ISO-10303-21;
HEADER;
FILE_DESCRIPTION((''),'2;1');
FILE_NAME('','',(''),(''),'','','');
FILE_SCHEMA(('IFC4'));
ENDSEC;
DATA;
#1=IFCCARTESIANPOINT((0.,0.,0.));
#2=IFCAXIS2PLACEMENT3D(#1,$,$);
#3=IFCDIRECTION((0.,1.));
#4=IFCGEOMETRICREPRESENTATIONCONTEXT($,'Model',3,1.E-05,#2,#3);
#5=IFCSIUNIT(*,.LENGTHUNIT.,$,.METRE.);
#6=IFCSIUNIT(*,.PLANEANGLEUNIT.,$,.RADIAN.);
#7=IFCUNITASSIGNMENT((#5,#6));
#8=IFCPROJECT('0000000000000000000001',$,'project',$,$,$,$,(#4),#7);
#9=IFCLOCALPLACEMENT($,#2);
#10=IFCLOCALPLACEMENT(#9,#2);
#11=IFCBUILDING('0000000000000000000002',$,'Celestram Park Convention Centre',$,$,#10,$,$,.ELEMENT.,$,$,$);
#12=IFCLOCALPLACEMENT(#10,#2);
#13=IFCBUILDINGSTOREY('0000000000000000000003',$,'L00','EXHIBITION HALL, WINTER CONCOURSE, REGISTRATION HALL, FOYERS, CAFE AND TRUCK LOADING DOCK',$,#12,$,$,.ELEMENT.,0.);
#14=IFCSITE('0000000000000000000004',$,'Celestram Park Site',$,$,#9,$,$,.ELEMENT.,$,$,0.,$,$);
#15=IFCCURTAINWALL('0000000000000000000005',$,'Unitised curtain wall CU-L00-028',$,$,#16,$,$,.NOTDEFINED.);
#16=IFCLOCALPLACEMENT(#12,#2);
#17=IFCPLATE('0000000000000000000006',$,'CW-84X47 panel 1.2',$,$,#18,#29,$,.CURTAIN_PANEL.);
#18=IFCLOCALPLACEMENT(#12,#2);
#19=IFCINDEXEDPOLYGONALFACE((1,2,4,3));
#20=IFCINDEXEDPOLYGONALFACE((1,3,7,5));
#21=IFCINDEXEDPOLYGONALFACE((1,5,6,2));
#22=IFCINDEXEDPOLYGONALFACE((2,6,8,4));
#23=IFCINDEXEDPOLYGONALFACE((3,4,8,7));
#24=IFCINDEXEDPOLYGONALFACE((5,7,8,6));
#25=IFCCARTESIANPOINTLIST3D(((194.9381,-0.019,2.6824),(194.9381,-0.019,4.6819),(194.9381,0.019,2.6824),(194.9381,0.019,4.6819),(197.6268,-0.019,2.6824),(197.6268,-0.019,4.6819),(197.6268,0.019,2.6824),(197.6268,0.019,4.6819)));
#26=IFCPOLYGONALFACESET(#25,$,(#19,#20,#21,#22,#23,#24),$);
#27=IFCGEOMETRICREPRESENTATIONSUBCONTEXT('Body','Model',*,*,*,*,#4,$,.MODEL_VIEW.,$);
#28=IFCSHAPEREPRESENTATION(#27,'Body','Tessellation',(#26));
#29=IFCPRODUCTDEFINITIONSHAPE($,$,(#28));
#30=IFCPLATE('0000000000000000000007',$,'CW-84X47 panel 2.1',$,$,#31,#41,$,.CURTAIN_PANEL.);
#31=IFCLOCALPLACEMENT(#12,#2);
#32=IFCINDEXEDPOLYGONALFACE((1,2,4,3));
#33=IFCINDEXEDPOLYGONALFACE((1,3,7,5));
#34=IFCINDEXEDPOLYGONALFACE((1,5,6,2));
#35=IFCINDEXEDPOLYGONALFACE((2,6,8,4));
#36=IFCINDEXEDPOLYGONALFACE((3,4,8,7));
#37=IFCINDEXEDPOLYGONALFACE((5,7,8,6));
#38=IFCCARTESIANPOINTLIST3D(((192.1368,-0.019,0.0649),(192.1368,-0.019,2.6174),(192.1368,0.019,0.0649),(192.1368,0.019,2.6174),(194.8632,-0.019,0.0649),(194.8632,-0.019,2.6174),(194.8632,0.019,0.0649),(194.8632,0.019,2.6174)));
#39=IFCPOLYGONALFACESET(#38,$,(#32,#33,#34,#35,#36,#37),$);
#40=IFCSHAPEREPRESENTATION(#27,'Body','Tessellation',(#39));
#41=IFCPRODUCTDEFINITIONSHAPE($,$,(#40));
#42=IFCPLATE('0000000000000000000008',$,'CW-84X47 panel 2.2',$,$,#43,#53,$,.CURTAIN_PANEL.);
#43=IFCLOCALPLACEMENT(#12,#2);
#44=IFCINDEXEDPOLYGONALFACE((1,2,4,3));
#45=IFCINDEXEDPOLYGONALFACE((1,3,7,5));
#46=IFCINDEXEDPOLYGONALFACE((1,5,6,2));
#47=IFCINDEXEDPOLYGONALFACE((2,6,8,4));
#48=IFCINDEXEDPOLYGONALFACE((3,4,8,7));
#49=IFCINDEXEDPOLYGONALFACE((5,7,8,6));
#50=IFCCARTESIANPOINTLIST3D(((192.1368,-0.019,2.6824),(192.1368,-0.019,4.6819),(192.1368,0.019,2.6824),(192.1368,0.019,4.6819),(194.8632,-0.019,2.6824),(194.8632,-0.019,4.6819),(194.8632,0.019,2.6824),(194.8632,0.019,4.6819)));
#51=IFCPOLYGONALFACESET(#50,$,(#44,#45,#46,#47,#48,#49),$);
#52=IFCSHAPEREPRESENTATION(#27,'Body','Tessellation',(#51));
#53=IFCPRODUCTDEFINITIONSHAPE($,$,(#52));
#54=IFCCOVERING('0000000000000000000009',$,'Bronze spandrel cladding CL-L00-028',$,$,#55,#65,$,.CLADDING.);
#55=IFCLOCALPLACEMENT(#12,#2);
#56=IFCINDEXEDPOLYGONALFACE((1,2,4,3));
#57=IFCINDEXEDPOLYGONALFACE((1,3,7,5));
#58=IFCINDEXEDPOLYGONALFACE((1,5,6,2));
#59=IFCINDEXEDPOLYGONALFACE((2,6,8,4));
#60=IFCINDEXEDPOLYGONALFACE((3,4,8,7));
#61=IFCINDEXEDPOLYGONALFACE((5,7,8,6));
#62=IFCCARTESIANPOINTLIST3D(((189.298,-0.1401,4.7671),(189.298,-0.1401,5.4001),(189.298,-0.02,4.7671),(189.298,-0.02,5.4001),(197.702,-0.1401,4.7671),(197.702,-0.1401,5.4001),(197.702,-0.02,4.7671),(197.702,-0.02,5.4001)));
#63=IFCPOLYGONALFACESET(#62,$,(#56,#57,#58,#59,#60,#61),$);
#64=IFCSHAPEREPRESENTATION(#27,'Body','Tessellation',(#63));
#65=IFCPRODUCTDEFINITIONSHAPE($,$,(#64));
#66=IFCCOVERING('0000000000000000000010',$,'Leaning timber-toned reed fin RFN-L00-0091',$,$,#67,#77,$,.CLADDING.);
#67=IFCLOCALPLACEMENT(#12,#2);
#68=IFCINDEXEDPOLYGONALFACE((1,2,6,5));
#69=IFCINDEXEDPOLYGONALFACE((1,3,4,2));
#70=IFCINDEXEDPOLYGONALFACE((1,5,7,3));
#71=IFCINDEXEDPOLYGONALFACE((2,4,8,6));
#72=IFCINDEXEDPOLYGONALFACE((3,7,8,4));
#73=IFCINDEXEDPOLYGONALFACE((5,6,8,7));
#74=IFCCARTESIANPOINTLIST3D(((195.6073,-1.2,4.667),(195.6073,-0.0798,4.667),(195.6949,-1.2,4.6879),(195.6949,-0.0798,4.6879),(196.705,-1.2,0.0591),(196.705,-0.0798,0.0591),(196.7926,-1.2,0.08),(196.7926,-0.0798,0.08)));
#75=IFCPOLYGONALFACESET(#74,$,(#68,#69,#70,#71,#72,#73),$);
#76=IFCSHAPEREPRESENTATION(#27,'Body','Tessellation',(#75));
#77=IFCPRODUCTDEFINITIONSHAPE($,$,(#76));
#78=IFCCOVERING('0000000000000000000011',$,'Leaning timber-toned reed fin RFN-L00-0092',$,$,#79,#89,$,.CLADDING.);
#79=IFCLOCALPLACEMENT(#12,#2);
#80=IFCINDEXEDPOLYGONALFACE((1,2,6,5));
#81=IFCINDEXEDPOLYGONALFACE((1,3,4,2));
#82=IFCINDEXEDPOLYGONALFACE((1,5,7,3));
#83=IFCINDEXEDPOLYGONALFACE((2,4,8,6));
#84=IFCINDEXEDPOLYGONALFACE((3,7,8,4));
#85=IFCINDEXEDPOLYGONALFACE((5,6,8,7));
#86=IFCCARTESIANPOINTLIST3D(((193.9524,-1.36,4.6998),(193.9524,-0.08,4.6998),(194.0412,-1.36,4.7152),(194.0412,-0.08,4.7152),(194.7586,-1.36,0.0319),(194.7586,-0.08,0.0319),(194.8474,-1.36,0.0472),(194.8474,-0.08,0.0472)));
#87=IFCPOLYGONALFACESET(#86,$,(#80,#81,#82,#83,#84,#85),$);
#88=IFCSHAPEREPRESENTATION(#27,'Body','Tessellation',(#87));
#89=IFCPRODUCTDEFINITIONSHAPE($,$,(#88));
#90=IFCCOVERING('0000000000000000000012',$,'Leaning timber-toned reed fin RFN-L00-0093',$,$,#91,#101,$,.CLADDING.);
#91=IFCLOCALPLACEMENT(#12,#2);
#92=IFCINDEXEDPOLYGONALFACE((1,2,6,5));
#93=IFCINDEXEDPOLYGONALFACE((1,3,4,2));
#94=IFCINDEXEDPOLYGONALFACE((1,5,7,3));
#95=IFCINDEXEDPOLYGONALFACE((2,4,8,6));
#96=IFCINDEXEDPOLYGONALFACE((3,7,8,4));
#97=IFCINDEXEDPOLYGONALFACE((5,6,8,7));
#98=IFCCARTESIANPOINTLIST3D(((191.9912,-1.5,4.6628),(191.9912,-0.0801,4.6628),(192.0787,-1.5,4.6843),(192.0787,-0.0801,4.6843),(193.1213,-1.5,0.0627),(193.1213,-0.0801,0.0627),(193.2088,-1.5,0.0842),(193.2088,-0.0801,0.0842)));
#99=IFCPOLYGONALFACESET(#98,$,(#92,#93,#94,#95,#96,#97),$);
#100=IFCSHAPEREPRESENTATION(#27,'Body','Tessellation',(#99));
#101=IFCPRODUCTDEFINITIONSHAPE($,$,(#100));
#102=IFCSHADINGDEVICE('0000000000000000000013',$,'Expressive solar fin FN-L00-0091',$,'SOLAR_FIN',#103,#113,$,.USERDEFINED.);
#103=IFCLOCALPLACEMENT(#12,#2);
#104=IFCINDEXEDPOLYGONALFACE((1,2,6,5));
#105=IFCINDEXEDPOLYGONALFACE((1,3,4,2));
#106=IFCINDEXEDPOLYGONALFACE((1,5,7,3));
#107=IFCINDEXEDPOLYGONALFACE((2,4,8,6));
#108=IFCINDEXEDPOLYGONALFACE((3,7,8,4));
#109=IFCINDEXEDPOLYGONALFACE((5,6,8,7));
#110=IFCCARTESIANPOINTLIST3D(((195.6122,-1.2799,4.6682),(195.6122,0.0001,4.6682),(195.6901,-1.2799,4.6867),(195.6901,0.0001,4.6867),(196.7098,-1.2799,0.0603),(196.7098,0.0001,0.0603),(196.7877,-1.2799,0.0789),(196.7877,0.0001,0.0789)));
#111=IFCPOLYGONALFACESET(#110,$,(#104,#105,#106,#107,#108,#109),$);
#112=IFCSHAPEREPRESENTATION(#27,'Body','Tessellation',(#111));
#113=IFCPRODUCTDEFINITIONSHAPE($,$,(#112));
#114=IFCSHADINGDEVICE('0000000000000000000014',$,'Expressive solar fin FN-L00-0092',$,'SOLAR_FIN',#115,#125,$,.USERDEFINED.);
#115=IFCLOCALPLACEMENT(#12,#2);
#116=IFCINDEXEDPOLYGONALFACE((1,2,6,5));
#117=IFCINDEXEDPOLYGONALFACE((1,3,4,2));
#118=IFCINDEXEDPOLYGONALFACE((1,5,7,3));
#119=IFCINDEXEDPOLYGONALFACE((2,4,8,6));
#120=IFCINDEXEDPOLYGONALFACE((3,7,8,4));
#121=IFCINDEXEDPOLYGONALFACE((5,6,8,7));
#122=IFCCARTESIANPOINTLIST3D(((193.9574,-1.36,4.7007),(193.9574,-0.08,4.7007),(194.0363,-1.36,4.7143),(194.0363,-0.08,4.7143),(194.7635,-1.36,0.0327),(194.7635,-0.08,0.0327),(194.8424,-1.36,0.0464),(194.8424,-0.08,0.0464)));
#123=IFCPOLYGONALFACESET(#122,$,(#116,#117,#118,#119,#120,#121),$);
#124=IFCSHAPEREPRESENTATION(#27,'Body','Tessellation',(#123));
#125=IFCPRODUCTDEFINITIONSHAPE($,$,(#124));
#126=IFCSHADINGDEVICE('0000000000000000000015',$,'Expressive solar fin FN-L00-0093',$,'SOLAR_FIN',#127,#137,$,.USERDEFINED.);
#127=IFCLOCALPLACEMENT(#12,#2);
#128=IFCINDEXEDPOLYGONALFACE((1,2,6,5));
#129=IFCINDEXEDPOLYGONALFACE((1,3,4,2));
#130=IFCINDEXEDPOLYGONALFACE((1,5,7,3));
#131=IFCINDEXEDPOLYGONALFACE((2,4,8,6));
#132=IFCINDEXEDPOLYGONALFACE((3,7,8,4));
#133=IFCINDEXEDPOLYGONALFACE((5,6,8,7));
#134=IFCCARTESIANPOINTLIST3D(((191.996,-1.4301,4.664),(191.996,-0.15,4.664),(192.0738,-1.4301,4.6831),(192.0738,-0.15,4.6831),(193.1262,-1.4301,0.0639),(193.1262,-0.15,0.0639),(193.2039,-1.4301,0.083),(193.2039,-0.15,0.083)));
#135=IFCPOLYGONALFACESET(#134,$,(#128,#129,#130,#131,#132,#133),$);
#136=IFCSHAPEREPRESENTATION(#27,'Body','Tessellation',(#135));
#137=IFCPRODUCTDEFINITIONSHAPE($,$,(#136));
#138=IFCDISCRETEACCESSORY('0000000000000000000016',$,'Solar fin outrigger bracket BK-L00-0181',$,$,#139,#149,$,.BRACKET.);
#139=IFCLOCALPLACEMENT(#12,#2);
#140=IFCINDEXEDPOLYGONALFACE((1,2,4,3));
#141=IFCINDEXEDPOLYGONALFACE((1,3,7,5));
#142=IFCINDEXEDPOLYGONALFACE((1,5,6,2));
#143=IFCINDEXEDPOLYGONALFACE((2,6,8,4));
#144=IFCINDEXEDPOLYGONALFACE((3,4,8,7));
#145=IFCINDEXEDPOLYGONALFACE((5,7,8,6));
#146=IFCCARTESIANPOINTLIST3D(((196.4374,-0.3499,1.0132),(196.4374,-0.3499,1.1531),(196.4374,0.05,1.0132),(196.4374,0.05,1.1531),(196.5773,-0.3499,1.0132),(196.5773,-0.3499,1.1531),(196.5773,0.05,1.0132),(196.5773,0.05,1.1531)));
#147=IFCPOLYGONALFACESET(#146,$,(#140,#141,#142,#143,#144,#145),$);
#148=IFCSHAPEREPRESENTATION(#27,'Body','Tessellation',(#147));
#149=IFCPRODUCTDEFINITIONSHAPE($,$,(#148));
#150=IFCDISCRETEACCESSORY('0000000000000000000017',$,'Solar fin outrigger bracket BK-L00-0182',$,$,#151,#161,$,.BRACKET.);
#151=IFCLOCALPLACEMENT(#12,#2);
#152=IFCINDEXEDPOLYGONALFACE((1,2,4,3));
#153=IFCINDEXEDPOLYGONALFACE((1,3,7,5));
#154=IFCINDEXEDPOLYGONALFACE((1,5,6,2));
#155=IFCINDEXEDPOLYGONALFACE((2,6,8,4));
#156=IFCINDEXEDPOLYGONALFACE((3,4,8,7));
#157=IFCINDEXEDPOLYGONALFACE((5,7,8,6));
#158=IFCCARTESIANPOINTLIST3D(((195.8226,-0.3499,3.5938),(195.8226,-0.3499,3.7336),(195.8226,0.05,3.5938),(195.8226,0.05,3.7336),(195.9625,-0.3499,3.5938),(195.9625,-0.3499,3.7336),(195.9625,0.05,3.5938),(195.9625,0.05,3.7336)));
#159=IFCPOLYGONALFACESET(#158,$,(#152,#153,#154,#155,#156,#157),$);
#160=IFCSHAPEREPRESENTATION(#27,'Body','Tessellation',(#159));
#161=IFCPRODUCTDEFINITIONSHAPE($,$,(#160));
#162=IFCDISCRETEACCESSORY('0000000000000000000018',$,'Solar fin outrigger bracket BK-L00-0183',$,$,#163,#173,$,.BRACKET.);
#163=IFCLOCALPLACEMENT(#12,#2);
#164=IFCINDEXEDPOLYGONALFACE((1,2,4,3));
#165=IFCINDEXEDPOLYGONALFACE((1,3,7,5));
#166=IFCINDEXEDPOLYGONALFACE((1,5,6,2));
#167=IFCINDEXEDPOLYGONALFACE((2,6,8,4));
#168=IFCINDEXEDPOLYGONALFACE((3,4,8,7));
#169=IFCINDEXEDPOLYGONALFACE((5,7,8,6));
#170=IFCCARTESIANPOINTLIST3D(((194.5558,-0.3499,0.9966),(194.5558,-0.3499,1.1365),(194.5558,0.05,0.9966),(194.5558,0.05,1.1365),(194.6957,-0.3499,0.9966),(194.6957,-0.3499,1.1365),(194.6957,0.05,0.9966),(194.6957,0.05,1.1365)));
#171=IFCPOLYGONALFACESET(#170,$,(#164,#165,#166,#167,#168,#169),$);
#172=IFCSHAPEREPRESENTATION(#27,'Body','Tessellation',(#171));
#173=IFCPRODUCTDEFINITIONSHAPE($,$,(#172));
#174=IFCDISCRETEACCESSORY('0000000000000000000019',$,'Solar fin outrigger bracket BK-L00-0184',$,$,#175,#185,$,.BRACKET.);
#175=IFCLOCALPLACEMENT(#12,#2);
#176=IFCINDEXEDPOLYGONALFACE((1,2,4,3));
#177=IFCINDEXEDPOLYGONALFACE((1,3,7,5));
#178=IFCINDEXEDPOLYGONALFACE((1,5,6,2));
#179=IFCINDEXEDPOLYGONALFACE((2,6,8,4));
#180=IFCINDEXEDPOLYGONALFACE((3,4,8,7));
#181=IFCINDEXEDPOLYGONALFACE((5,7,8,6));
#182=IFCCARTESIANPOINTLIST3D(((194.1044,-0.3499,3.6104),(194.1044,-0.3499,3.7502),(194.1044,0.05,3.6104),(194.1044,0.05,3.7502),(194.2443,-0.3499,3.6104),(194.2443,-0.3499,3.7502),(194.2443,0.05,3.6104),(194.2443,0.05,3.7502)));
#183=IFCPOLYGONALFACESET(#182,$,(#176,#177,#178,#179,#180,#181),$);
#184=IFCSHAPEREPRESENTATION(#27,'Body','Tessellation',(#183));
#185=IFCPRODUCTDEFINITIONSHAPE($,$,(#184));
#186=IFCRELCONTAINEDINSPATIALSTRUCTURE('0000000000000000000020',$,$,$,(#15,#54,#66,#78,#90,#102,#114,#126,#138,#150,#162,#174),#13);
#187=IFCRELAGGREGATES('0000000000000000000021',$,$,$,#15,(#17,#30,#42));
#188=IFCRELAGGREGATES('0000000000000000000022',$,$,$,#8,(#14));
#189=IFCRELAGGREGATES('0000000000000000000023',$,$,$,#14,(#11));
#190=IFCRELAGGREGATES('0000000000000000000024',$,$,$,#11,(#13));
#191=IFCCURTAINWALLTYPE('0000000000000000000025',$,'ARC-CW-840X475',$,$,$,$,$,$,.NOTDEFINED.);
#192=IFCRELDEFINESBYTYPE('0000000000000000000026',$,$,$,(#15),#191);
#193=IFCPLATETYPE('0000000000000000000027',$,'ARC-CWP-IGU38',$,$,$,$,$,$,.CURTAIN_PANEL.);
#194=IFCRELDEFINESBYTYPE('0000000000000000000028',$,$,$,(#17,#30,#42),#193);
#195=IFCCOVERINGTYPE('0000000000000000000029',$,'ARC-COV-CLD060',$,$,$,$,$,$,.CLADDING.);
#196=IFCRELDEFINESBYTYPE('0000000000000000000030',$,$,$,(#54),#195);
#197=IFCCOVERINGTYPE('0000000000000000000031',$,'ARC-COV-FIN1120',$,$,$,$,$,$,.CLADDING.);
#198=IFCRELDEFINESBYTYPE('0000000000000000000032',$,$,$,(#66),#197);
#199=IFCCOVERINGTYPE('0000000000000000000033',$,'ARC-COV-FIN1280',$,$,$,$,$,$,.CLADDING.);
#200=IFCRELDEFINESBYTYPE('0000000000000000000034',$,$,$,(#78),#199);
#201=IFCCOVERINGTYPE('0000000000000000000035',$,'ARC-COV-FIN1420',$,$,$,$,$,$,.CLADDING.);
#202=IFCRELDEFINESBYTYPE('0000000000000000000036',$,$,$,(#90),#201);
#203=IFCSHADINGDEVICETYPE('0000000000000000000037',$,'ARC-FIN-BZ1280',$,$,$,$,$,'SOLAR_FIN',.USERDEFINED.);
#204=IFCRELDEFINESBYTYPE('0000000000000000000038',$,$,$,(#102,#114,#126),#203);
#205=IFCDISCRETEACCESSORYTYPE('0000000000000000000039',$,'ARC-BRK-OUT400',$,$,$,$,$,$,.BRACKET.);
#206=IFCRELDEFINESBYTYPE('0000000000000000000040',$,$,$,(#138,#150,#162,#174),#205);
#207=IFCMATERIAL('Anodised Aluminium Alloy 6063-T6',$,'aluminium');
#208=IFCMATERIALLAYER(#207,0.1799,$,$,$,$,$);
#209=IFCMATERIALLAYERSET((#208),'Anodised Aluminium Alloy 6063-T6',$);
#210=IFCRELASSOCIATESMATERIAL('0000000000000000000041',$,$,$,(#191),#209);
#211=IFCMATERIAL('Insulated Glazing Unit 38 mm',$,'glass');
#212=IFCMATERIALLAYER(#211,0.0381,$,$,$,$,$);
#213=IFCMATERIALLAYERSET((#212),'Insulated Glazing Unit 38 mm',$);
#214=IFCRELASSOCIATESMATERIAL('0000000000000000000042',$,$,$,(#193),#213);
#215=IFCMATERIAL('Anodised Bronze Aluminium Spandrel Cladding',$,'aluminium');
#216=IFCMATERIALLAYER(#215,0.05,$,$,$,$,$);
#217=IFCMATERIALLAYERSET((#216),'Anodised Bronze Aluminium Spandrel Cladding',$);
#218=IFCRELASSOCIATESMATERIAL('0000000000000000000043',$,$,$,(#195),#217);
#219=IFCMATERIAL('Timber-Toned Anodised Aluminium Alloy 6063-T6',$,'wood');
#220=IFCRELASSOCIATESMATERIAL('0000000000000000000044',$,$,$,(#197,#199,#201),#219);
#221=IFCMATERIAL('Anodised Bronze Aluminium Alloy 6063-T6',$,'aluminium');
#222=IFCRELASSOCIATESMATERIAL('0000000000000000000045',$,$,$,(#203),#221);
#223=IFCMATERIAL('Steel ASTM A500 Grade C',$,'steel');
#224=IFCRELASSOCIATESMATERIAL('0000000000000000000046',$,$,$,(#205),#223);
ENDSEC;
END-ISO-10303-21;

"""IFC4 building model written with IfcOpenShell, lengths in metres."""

from ifc_helpers import new_model, si_unit, direction, frame, origin, origin_2d, place, context, subcontext, project, spatial, rectangle, extrude, material, layer, layer_set, material_profile, profile_set, type_object, element, aggregate, save


model = new_model("IFC4")

# Units and contexts
model_context = context("Model", 3, precision=1e-05, world=origin(), true_north=direction((0.0, 1.0)))
body_context = subcontext(model_context, "Body", "Model", "MODEL_VIEW")
ifc_project = project(units=[si_unit("LENGTHUNIT", "METRE"), si_unit("PLANEANGLEUNIT", "RADIAN")], contexts=[model_context])

# Site, building, storey
site_placement = place(None, origin())
site = spatial("IfcSite", under=ifc_project, at=site_placement, Name="Celestram Park Site", CompositionType="ELEMENT", RefElevation=0.0)
building_placement = place(site_placement, origin())
building = spatial("IfcBuilding", under=site, at=building_placement, Name="Celestram Park Convention Centre", CompositionType="ELEMENT")
storey_placement = place(building_placement, origin())
storey = spatial("IfcBuildingStorey", under=building, at=storey_placement, Name="L00", Description="EXHIBITION HALL, WINTER CONCOURSE, REGISTRATION HALL, FOYERS, CAFE AND TRUCK LOADING DOCK", CompositionType="ELEMENT", Elevation=0.0)

# Curtain wall, plates
ifc_material_1 = material(Name="Anodised Aluminium Alloy 6063-T6", Category="aluminium")
ifc_layer_1 = layer(ifc_material_1, 0.1799)
ifc_layer_set_1 = layer_set([ifc_layer_1], Name="Anodised Aluminium Alloy 6063-T6")
curtain_wall_type = type_object("IfcCurtainWallType", Name="ARC-CW-840X475", PredefinedType="NOTDEFINED", material=ifc_layer_set_1)
curtain_wall_placement = place(storey_placement, origin())
curtain_wall = element("IfcCurtainWall", 1, at=curtain_wall_placement, inside=storey, type_object=curtain_wall_type, Name="Unitised curtain wall CU-L00-028", PredefinedType="NOTDEFINED")
ifc_material_2 = material(Name="Insulated Glazing Unit 38 mm", Category="glass")
ifc_layer_2 = layer(ifc_material_2, 0.0381)
ifc_layer_set_2 = layer_set([ifc_layer_2], Name="Insulated Glazing Unit 38 mm")
plate_type = type_object("IfcPlateType", Name="ARC-CWP-IGU38", PredefinedType="CURTAIN_PANEL", material=ifc_layer_set_2)
plate_1_placement = place(storey_placement, frame((196.2825, 0.0, 2.6824), z_axis=(0.0, 0.0, 1.0), x_axis=(-1.0, 0.0, 0.0)))
plate_1 = element("IfcPlate", 2, at=plate_1_placement, type_object=plate_type, Name="CW-84X47 panel 1.2", PredefinedType="CURTAIN_PANEL", context=body_context, shape_type="SweptSolid", body=[
    extrude(rectangle(XDim=2.6887, YDim=0.0381, at=origin_2d()), origin(), (0.0, 0.0, 1.0), 1.9995),
])
plate_2_placement = place(storey_placement, frame((193.5, 0.0, 0.0649), z_axis=(0.0, 0.0, 1.0), x_axis=(-1.0, 0.0, 0.0)))
plate_2 = element("IfcPlate", 3, at=plate_2_placement, type_object=plate_type, Name="CW-84X47 panel 2.1", PredefinedType="CURTAIN_PANEL", context=body_context, shape_type="SweptSolid", body=[
    extrude(rectangle(XDim=2.7263, YDim=0.0381, at=origin_2d()), origin(), (0.0, 0.0, 1.0), 2.5525),
])
plate_3_placement = place(storey_placement, frame((193.5, 0.0, 2.6824), z_axis=(0.0, 0.0, 1.0), x_axis=(-1.0, 0.0, 0.0)))
plate_3 = element("IfcPlate", 4, at=plate_3_placement, type_object=plate_type, Name="CW-84X47 panel 2.2", PredefinedType="CURTAIN_PANEL", context=body_context, shape_type="SweptSolid", body=[
    extrude(rectangle(XDim=2.7263, YDim=0.0381, at=origin_2d()), origin(), (0.0, 0.0, 1.0), 1.9995),
])
aggregate(curtain_wall, [plate_1, plate_2, plate_3])

# Coverings
ifc_material_3 = material(Name="Anodised Bronze Aluminium Spandrel Cladding", Category="aluminium")
ifc_layer_3 = layer(ifc_material_3, 0.05)
ifc_layer_set_3 = layer_set([ifc_layer_3], Name="Anodised Bronze Aluminium Spandrel Cladding")
covering_type_1 = type_object("IfcCoveringType", Name="ARC-COV-CLD060", PredefinedType="CLADDING", material=ifc_layer_set_3)
covering_1_placement = place(storey_placement, frame((193.5, -0.0801, 4.7671), z_axis=(0.0, 0.0, 1.0), x_axis=(-1.0, 0.0, 0.0)))
element("IfcCovering", 5, at=covering_1_placement, inside=storey, type_object=covering_type_1, Name="Bronze spandrel cladding CL-L00-028", PredefinedType="CLADDING", context=body_context, shape_type="SweptSolid", body=[
    extrude(rectangle(XDim=8.4041, YDim=0.1201, at=origin_2d()), origin(), (0.0, 0.0, 1.0), 0.6331),
])
ifc_material_4 = material(Name="Timber-Toned Anodised Aluminium Alloy 6063-T6", Category="wood")
ifc_material_profile_1 = material_profile(ifc_material_4, rectangle(XDim=1.1201, YDim=0.0901, at=origin_2d()), Name="REED1120X90")
ifc_profile_set_1 = profile_set([ifc_material_profile_1], Name="Timber-Toned Anodised Aluminium Alloy 6063-T6")
covering_type_2 = type_object("IfcCoveringType", Name="ARC-COV-FIN1120", PredefinedType="CLADDING", material=ifc_profile_set_1)
covering_2_placement = place(storey_placement, frame((196.7488, -0.6399, 0.0696), z_axis=(-0.231727, 0.0, 0.972781), x_axis=(0.0, -1.0, 0.0)))
element("IfcCovering", 6, at=covering_2_placement, inside=storey, type_object=covering_type_2, Name="Leaning timber-toned reed fin RFN-L00-0091", PredefinedType="CLADDING", context=body_context, shape_type="SweptSolid", body=[
    extrude(rectangle(XDim=1.1201, YDim=0.0901, at=origin_2d()), origin(), (0.0, 0.0, 1.0), 4.7368),
])
ifc_material_profile_2 = material_profile(ifc_material_4, rectangle(XDim=1.28, YDim=0.0901, at=origin_2d()), Name="REED1280X90")
ifc_profile_set_2 = profile_set([ifc_material_profile_2], Name="Timber-Toned Anodised Aluminium Alloy 6063-T6")
covering_type_3 = type_object("IfcCoveringType", Name="ARC-COV-FIN1280", PredefinedType="CLADDING", material=ifc_profile_set_2)
covering_3_placement = place(storey_placement, frame((194.803, -0.72, 0.0396), z_axis=(-0.17018, 0.0, 0.985413), x_axis=(0.0, -1.0, 0.0)))
element("IfcCovering", 7, at=covering_3_placement, inside=storey, type_object=covering_type_3, Name="Leaning timber-toned reed fin RFN-L00-0092", PredefinedType="CLADDING", context=body_context, shape_type="SweptSolid", body=[
    extrude(rectangle(XDim=1.28, YDim=0.0901, at=origin_2d()), origin(), (0.0, 0.0, 1.0), 4.7371),
])
ifc_material_profile_3 = material_profile(ifc_material_4, rectangle(XDim=1.4199, YDim=0.0901, at=origin_2d()), Name="REED1420X90")
ifc_profile_set_3 = profile_set([ifc_material_profile_3], Name="Timber-Toned Anodised Aluminium Alloy 6063-T6")
covering_type_4 = type_object("IfcCoveringType", Name="ARC-COV-FIN1420", PredefinedType="CLADDING", material=ifc_profile_set_3)
covering_4_placement = place(storey_placement, frame((193.165, -0.79, 0.0735), z_axis=(-0.23858, 0.0, 0.971123), x_axis=(0.0, -1.0, 0.0)))
element("IfcCovering", 8, at=covering_4_placement, inside=storey, type_object=covering_type_4, Name="Leaning timber-toned reed fin RFN-L00-0093", PredefinedType="CLADDING", context=body_context, shape_type="SweptSolid", body=[
    extrude(rectangle(XDim=1.4199, YDim=0.0901, at=origin_2d()), origin(), (0.0, 0.0, 1.0), 4.7368),
])

# Shading devices
ifc_material_5 = material(Name="Anodised Bronze Aluminium Alloy 6063-T6", Category="aluminium")
ifc_material_profile_4 = material_profile(ifc_material_5, rectangle(XDim=1.28, YDim=0.0801, at=origin_2d()), Name="FIN1280X80")
ifc_profile_set_4 = profile_set([ifc_material_profile_4], Name="Anodised Bronze Aluminium Alloy 6063-T6")
shading_device_type = type_object("IfcShadingDeviceType", Name="ARC-FIN-BZ1280", ElementType="SOLAR_FIN", PredefinedType="USERDEFINED", material=ifc_profile_set_4)
shading_device_1_placement = place(storey_placement, frame((196.7488, -0.6399, 0.0696), z_axis=(-0.231727, 0.0, 0.972781), x_axis=(0.0, -1.0, 0.0)))
element("IfcShadingDevice", 9, at=shading_device_1_placement, inside=storey, type_object=shading_device_type, Name="Expressive solar fin FN-L00-0091", ObjectType="SOLAR_FIN", PredefinedType="USERDEFINED", context=body_context, shape_type="SweptSolid", body=[
    extrude(rectangle(XDim=1.28, YDim=0.0801, at=origin_2d()), origin(), (0.0, 0.0, 1.0), 4.7368),
])
shading_device_2_placement = place(storey_placement, frame((194.803, -0.72, 0.0396), z_axis=(-0.17018, 0.0, 0.985413), x_axis=(0.0, -1.0, 0.0)))
element("IfcShadingDevice", 10, at=shading_device_2_placement, inside=storey, type_object=shading_device_type, Name="Expressive solar fin FN-L00-0092", ObjectType="SOLAR_FIN", PredefinedType="USERDEFINED", context=body_context, shape_type="SweptSolid", body=[
    extrude(rectangle(XDim=1.28, YDim=0.0801, at=origin_2d()), origin(), (0.0, 0.0, 1.0), 4.7371),
])
shading_device_3_placement = place(storey_placement, frame((193.165, -0.79, 0.0735), z_axis=(-0.23858, 0.0, 0.971123), x_axis=(0.0, -1.0, 0.0)))
element("IfcShadingDevice", 11, at=shading_device_3_placement, inside=storey, type_object=shading_device_type, Name="Expressive solar fin FN-L00-0093", ObjectType="SOLAR_FIN", PredefinedType="USERDEFINED", context=body_context, shape_type="SweptSolid", body=[
    extrude(rectangle(XDim=1.28, YDim=0.0801, at=origin_2d()), origin(), (0.0, 0.0, 1.0), 4.7368),
])

# Discrete accessories
ifc_material_6 = material(Name="Steel ASTM A500 Grade C", Category="steel")
discrete_accessory_type = type_object("IfcDiscreteAccessoryType", Name="ARC-BRK-OUT400", PredefinedType="BRACKET", material=ifc_material_6)
for number, where, z_axis, x_axis, name in (
    (12, (196.5073, -0.1499, 1.0132), (0.0, 0.0, 1.0), (0.0, -1.0, 0.0), "Solar fin outrigger bracket BK-L00-0181"),
    (13, (195.8926, -0.1499, 3.5938), (0.0, 0.0, 1.0), (0.0, -1.0, 0.0), "Solar fin outrigger bracket BK-L00-0182"),
    (14, (194.6257, -0.1499, 0.9966), (0.0, 0.0, 1.0), (0.0, -1.0, 0.0), "Solar fin outrigger bracket BK-L00-0183"),
    (15, (194.1743, -0.1499, 3.6104), (0.0, 0.0, 1.0), (0.0, -1.0, 0.0), "Solar fin outrigger bracket BK-L00-0184"),
):
    element("IfcDiscreteAccessory", number, at=place(storey_placement, frame(where, z_axis=z_axis, x_axis=x_axis)), inside=storey, type_object=discrete_accessory_type, Name=name, PredefinedType="BRACKET", context=body_context, shape_type="SweptSolid", body=[
        extrude(rectangle(XDim=0.3999, YDim=0.1399, at=origin_2d()), origin(), (0.0, 0.0, 1.0), 0.1399),
    ])

save(model, "model.ifc")
